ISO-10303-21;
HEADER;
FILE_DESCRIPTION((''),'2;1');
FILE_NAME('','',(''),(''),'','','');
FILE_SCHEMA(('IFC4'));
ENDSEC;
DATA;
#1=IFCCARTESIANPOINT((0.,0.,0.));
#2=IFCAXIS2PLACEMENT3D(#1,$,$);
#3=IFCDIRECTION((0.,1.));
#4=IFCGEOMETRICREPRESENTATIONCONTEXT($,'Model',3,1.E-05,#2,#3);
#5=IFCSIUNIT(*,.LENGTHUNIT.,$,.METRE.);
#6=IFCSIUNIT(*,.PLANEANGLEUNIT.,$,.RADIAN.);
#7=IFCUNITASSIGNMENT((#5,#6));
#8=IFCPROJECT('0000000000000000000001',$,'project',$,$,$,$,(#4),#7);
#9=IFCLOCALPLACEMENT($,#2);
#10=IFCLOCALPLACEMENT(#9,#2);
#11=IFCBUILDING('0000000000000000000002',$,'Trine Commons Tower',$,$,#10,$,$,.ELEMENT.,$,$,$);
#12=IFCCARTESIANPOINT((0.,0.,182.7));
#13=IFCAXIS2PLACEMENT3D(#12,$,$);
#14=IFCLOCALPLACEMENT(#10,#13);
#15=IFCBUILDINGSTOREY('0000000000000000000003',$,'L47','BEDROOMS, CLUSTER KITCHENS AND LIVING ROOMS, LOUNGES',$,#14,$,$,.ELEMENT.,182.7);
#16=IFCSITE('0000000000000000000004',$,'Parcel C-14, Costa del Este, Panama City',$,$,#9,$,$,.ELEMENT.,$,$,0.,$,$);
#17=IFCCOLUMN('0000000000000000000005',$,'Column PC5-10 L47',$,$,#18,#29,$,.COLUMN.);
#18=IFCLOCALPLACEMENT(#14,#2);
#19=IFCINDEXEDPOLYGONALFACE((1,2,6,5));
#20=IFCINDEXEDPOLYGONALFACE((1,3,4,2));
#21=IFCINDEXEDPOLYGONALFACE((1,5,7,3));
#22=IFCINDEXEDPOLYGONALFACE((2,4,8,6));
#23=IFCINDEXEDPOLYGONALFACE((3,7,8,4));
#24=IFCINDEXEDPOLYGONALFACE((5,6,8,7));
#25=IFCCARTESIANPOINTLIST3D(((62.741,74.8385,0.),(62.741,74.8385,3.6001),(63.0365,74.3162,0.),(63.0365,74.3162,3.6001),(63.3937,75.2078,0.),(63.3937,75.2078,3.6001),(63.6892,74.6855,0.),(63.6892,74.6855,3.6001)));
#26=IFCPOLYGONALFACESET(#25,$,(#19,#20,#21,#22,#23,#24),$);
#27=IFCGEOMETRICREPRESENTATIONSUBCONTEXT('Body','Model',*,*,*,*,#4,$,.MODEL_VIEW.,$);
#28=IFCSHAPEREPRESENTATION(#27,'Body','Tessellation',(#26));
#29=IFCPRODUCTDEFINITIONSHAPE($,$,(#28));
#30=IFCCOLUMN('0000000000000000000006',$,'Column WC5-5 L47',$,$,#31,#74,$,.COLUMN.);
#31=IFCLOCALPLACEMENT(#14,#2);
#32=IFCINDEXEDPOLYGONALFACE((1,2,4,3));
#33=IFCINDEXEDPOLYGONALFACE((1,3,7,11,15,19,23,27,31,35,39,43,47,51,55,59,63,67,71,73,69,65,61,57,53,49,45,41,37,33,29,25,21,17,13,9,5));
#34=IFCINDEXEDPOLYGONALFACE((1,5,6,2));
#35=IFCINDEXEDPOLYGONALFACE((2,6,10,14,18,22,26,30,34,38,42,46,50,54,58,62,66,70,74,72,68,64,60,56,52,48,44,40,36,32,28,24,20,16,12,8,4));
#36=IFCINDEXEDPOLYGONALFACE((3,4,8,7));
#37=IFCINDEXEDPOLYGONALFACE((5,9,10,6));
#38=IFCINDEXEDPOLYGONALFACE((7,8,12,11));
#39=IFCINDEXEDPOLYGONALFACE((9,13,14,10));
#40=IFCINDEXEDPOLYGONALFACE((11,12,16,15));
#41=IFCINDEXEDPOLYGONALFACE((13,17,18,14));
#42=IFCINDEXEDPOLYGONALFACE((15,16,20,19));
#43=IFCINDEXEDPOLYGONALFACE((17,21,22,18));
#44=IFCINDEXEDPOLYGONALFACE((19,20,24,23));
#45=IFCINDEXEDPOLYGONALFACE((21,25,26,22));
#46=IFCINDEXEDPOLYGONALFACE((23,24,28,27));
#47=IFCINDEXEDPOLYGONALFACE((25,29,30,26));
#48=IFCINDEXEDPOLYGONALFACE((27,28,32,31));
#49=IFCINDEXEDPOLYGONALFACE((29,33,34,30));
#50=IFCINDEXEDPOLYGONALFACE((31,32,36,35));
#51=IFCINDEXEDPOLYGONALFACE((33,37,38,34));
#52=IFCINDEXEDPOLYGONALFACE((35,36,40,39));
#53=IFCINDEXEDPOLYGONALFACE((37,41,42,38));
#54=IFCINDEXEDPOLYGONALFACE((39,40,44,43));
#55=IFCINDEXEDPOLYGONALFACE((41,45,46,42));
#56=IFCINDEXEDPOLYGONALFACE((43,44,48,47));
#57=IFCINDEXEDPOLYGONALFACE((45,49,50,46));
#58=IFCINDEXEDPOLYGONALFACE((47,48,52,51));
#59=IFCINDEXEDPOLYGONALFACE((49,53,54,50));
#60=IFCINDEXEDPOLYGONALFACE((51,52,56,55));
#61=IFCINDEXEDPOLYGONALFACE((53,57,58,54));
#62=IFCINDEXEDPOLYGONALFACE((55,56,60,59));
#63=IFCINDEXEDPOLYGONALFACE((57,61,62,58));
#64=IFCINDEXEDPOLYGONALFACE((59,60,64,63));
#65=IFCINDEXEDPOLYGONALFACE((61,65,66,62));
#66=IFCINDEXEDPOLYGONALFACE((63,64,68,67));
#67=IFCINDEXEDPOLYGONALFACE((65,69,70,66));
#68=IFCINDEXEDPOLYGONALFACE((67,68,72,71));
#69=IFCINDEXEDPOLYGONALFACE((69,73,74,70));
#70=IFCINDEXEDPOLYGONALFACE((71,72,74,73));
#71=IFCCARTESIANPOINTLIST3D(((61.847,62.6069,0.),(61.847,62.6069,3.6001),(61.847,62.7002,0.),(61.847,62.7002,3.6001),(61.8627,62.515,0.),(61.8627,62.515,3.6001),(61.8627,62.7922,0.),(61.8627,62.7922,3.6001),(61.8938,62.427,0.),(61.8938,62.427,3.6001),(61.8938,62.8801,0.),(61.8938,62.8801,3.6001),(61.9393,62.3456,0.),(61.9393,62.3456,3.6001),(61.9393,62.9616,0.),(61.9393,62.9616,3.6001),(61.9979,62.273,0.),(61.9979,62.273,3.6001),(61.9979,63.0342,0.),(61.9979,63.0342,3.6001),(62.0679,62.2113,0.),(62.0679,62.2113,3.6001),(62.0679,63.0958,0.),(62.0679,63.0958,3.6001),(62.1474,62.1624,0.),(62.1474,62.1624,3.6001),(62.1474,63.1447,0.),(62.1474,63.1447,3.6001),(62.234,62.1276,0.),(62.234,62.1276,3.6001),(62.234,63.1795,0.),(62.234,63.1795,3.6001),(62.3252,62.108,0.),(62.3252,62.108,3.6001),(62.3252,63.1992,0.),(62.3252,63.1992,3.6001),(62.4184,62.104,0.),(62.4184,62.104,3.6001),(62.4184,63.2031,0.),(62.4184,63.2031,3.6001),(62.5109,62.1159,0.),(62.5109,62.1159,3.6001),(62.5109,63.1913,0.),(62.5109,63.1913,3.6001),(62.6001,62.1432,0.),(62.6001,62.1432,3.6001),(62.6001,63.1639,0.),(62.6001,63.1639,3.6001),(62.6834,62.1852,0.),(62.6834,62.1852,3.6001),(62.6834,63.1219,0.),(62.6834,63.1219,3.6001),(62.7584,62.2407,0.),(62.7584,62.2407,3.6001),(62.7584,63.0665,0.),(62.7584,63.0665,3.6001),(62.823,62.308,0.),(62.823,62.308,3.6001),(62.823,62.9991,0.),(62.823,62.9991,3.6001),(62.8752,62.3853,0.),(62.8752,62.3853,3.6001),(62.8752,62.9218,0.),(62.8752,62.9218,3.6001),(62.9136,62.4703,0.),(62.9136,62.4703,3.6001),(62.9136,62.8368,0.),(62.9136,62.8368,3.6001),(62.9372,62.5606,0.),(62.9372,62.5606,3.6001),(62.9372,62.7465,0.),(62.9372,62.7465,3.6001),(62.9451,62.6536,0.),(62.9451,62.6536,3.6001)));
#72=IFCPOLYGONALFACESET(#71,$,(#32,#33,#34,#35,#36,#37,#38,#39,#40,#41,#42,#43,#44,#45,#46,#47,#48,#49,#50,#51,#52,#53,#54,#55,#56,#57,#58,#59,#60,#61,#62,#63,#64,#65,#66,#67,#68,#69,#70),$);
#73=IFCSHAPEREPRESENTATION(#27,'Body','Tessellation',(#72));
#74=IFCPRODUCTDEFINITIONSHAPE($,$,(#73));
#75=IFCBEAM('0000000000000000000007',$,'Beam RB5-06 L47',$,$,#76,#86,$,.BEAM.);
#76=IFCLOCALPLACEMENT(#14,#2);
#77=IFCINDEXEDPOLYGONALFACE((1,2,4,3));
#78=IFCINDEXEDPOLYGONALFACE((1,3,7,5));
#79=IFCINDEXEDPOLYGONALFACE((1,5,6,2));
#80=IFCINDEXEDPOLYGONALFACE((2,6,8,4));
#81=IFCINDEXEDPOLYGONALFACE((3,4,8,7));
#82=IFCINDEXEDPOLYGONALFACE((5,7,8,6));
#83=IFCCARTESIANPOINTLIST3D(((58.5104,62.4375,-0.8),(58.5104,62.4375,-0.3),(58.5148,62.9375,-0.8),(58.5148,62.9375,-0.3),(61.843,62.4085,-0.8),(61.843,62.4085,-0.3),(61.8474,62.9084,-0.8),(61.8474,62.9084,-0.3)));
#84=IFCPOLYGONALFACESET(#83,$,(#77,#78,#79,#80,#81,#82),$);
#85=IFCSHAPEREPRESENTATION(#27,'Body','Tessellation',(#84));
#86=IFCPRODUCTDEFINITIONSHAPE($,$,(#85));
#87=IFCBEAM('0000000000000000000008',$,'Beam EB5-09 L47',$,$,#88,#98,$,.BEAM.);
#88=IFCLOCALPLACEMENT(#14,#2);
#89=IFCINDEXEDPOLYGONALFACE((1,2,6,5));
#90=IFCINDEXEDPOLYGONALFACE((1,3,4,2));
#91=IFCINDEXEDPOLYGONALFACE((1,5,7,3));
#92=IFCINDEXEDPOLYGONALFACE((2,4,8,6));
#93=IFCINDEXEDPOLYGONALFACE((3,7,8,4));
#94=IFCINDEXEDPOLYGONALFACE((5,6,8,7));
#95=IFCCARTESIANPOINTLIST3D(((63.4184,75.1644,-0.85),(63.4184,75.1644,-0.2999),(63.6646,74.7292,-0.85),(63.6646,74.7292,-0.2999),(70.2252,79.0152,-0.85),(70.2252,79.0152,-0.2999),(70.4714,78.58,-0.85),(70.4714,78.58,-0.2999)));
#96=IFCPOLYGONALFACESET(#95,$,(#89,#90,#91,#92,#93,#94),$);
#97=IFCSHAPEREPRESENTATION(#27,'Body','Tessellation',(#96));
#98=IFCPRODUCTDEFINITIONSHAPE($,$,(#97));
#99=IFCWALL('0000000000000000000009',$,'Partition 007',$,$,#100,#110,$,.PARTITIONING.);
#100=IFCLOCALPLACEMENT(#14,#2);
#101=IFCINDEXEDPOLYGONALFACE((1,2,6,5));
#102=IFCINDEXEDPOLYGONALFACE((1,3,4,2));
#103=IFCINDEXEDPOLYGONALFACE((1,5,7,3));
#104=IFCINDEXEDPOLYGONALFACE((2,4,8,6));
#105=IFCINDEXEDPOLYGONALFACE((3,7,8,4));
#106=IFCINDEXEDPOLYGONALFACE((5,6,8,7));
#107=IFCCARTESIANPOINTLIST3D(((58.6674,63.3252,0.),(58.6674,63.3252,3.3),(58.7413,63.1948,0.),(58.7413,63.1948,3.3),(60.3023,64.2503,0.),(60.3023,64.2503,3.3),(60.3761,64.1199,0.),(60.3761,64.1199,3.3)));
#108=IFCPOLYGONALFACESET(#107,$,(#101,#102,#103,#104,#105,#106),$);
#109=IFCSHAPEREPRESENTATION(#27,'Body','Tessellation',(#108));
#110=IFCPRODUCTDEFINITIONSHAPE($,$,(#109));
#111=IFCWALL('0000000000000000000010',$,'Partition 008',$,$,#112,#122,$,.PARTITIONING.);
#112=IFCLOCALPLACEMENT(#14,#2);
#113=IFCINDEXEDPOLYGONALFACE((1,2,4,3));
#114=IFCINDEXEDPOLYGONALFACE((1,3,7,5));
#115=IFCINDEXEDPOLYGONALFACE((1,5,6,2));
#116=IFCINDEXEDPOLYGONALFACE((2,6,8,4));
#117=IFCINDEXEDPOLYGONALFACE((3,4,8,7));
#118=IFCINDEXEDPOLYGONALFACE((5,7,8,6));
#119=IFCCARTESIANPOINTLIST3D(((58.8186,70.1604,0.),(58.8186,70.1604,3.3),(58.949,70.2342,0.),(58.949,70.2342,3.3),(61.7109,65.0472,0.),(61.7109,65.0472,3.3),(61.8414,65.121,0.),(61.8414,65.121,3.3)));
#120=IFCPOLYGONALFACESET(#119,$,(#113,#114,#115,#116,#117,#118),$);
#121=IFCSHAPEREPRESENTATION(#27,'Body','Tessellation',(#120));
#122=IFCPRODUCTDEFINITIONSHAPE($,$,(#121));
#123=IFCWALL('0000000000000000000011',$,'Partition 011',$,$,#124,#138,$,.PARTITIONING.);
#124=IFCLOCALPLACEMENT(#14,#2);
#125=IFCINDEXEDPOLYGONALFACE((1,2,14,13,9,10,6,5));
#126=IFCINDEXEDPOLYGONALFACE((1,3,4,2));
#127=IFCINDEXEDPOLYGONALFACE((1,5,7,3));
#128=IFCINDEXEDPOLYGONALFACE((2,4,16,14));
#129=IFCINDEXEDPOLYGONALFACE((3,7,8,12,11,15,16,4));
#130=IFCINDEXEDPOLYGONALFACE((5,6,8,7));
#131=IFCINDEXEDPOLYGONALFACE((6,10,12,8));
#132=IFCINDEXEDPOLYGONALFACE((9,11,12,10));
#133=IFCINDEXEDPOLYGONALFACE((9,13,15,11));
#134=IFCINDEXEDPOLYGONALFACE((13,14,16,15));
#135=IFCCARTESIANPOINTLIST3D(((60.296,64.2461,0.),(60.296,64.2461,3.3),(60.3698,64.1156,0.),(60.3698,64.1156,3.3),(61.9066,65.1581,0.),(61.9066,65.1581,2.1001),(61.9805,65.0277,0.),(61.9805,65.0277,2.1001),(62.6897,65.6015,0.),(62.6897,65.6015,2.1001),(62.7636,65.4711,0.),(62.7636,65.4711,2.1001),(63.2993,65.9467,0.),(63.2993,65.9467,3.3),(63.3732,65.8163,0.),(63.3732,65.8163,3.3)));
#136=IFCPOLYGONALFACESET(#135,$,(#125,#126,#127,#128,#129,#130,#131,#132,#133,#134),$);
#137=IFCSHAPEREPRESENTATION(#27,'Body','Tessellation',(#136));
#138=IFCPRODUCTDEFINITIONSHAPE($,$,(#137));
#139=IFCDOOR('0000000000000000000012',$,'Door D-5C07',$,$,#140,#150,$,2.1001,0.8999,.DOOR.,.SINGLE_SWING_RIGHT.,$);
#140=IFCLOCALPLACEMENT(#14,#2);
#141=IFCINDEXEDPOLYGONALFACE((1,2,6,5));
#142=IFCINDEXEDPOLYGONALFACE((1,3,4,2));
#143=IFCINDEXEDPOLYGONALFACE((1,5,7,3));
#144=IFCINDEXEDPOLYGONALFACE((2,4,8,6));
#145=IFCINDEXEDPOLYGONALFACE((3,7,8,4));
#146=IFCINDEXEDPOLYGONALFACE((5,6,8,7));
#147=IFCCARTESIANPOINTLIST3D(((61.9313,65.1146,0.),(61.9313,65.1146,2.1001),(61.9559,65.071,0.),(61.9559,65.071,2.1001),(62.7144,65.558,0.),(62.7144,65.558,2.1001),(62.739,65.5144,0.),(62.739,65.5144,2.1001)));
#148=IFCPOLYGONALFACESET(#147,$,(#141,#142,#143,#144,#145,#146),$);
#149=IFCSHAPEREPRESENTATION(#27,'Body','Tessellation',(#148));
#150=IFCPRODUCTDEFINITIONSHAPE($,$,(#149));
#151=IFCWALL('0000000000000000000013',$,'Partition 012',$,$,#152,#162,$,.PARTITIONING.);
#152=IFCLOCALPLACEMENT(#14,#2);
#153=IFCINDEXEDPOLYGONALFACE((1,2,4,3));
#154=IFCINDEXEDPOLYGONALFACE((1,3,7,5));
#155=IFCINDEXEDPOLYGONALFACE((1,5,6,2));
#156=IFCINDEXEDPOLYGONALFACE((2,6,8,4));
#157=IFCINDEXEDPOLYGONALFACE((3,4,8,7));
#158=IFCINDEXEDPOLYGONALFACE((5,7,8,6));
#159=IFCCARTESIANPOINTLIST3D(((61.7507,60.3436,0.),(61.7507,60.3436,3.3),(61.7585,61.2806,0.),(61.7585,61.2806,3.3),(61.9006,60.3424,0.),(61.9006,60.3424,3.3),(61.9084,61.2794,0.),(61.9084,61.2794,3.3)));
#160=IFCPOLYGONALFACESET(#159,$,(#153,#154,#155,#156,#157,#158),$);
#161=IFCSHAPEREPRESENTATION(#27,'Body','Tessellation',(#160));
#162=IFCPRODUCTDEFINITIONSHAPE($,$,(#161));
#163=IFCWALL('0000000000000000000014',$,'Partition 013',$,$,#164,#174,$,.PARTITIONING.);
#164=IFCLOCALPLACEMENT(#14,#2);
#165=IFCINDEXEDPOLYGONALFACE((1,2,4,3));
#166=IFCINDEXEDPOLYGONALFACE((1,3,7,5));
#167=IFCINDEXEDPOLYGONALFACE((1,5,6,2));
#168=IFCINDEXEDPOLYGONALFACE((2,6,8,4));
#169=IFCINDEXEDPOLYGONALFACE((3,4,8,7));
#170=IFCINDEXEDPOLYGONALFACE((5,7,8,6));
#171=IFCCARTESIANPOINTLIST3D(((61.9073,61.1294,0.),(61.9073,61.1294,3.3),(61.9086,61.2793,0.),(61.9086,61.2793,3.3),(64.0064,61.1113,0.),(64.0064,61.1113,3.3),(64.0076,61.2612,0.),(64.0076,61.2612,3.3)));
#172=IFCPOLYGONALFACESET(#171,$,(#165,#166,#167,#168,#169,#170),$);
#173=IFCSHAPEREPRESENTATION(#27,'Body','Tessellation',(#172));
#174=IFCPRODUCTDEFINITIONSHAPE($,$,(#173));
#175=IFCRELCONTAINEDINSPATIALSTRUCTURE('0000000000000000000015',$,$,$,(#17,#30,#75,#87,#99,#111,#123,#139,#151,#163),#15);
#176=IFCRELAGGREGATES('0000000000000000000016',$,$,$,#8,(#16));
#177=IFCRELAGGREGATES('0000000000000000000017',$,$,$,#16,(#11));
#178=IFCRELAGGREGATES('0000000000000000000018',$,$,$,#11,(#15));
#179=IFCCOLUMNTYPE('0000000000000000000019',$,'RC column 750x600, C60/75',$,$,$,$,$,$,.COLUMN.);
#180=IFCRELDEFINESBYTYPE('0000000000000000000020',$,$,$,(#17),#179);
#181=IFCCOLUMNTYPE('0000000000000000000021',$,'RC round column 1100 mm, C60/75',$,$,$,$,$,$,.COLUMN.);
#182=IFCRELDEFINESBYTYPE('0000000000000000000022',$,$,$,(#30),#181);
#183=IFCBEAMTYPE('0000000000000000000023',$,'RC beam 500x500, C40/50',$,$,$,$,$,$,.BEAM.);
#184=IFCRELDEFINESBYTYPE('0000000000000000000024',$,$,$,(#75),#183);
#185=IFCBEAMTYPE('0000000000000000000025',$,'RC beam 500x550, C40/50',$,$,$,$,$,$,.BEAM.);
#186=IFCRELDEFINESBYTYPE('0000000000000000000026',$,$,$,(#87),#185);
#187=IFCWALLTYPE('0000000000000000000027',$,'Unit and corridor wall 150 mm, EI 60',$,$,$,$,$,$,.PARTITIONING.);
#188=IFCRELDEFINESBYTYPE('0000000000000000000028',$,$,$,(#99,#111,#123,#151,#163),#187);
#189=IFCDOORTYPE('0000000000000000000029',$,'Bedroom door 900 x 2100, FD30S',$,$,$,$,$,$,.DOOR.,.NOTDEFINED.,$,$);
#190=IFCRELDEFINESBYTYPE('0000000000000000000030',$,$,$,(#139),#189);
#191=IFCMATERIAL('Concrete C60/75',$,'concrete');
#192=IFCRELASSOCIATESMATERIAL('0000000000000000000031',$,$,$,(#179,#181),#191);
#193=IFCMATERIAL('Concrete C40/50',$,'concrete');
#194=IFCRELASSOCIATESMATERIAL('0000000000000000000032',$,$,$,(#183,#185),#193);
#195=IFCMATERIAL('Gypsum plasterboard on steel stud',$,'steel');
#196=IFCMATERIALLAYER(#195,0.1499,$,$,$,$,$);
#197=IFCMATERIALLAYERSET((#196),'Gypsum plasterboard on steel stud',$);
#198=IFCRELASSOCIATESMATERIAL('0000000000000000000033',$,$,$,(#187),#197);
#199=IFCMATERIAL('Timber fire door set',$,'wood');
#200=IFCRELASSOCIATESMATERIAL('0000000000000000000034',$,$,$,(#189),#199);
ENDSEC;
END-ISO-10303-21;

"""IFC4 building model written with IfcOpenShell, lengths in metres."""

from ifc_helpers import new_model, si_unit, direction, frame, frame_2d, origin, origin_2d, place, context, subcontext, project, spatial, rectangle, circle, extrude, material, layer, layer_set, material_profile, profile_set, type_object, element, fill, save


model = new_model("IFC4")

# Units and contexts
model_context = context("Model", 3, precision=1e-05, world=origin(), true_north=direction((0.0, 1.0)))
body_context = subcontext(model_context, "Body", "Model", "MODEL_VIEW")
ifc_project = project(units=[si_unit("LENGTHUNIT", "METRE"), si_unit("PLANEANGLEUNIT", "RADIAN")], contexts=[model_context])

# Site, building, storey
site_placement = place(None, origin())
site = spatial("IfcSite", under=ifc_project, at=site_placement, Name="Parcel C-14, Costa del Este, Panama City", CompositionType="ELEMENT", RefElevation=0.0)
building_placement = place(site_placement, origin())
building = spatial("IfcBuilding", under=site, at=building_placement, Name="Trine Commons Tower", CompositionType="ELEMENT")
storey_placement = place(building_placement, frame((0.0, 0.0, 182.7)))
storey = spatial("IfcBuildingStorey", under=building, at=storey_placement, Name="L47", Description="BEDROOMS, CLUSTER KITCHENS AND LIVING ROOMS, LOUNGES", CompositionType="ELEMENT", Elevation=182.7)

# Columns
ifc_material_1 = material(Name="Concrete C60/75", Category="concrete")
ifc_material_profile_1 = material_profile(ifc_material_1, rectangle(XDim=0.75, YDim=0.6001, at=origin_2d()), Name="RC 750x600")
ifc_profile_set_1 = profile_set([ifc_material_profile_1], Name="Concrete C60/75")
column_type_1 = type_object("IfcColumnType", Name="RC column 750x600, C60/75", PredefinedType="COLUMN", material=ifc_profile_set_1)
column_1_placement = place(storey_placement, frame((63.2151, 74.762, 0.0), z_axis=(0.0, 0.0, 1.0), x_axis=(0.870356, 0.492424, 0.0)))
element("IfcColumn", 1, at=column_1_placement, inside=storey, type_object=column_type_1, Name="Column PC5-10 L47", PredefinedType="COLUMN", context=body_context, shape_type="SweptSolid", body=[
    extrude(rectangle(XDim=0.75, YDim=0.6001, at=origin_2d()), origin(), (0.0, 0.0, 1.0), 3.6001),
])
ifc_material_profile_2 = material_profile(ifc_material_1, circle(Radius=0.55, at=origin_2d()), Name="RC round 1100")
ifc_profile_set_2 = profile_set([ifc_material_profile_2], Name="Concrete C60/75")
column_type_2 = type_object("IfcColumnType", Name="RC round column 1100 mm, C60/75", PredefinedType="COLUMN", material=ifc_profile_set_2)
column_2_placement = place(storey_placement, frame((62.395, 62.6536, 0.0), z_axis=(0.0, 0.0, 1.0), x_axis=(1.0, 0.0, 0.0)))
element("IfcColumn", 2, at=column_2_placement, inside=storey, type_object=column_type_2, Name="Column WC5-5 L47", PredefinedType="COLUMN", context=body_context, shape_type="SweptSolid", body=[
    extrude(circle(Radius=0.55, at=origin_2d()), origin(), (0.0, 0.0, 1.0), 3.6001),
])

# Beams
ifc_material_2 = material(Name="Concrete C40/50", Category="concrete")
ifc_material_profile_3 = material_profile(ifc_material_2, rectangle(XDim=0.5, YDim=0.5, at=origin_2d()), Name="RC 500x500")
ifc_profile_set_3 = profile_set([ifc_material_profile_3], Name="Concrete C40/50")
beam_type_1 = type_object("IfcBeamType", Name="RC beam 500x500, C40/50", PredefinedType="BEAM", material=ifc_profile_set_3)
beam_1_placement = place(storey_placement, frame((61.8452, 62.6584, -0.55), z_axis=(-0.999962, 0.008718, 0.0), x_axis=(-0.008718, -0.999962, 0.0)))
element("IfcBeam", 3, at=beam_1_placement, inside=storey, type_object=beam_type_1, Name="Beam RB5-06 L47", PredefinedType="BEAM", context=body_context, shape_type="SweptSolid", body=[
    extrude(rectangle(XDim=0.5, YDim=0.5, at=origin_2d()), origin(), (0.0, 0.0, 1.0), 3.3328),
])
ifc_material_profile_4 = material_profile(ifc_material_2, rectangle(XDim=0.5, YDim=0.55, at=origin_2d()), Name="RC 500x550")
ifc_profile_set_4 = profile_set([ifc_material_profile_4], Name="Concrete C40/50")
beam_type_2 = type_object("IfcBeamType", Name="RC beam 500x550, C40/50", PredefinedType="BEAM", material=ifc_profile_set_4)
beam_2_placement = place(storey_placement, frame((63.5415, 74.9468, -0.575), z_axis=(0.870373, 0.492393, 0.0), x_axis=(-0.492393, 0.870373, 0.0)))
element("IfcBeam", 4, at=beam_2_placement, inside=storey, type_object=beam_type_2, Name="Beam EB5-09 L47", PredefinedType="BEAM", context=body_context, shape_type="SweptSolid", body=[
    extrude(rectangle(XDim=0.5, YDim=0.55, at=origin_2d()), origin(), (0.0, 0.0, 1.0), 7.8206),
])

# Walls
ifc_material_3 = material(Name="Gypsum plasterboard on steel stud", Category="steel")
ifc_layer_1 = layer(ifc_material_3, 0.1499)
ifc_layer_set_1 = layer_set([ifc_layer_1], Name="Gypsum plasterboard on steel stud")
wall_type_1 = type_object("IfcWallType", Name="Unit and corridor wall 150 mm, EI 60", PredefinedType="PARTITIONING", material=ifc_layer_set_1)
wall_1_placement = place(storey_placement, frame((58.7043, 63.26, 0.0), z_axis=(0.0, 0.0, 1.0), x_axis=(0.870323, 0.492481, 0.0)))
element("IfcWall", 5, at=wall_1_placement, inside=storey, type_object=wall_type_1, Name="Partition 007", PredefinedType="PARTITIONING", context=body_context, shape_type="SweptSolid", body=[
    extrude(rectangle(XDim=1.8784, YDim=0.1499, at=frame_2d((0.9392, 0.0))), origin(), (0.0, 0.0, 1.0), 3.3),
])
wall_2_placement = place(storey_placement, frame((58.8838, 70.1973, 0.0), z_axis=(0.0, 0.0, 1.0), x_axis=(0.492361, -0.870391, 0.0)))
element("IfcWall", 6, at=wall_2_placement, inside=storey, type_object=wall_type_1, Name="Partition 008", PredefinedType="PARTITIONING", context=body_context, shape_type="SweptSolid", body=[
    extrude(rectangle(XDim=5.8745, YDim=0.1499, at=frame_2d((2.9373, 0.0))), origin(), (0.0, 0.0, 1.0), 3.3),
])

# Wall, opening, door
wall_3_placement = place(storey_placement, frame((60.333, 64.1809, 0.0), z_axis=(0.0, 0.0, 1.0), x_axis=(0.870178, 0.492738, 0.0)))
wall_3 = element("IfcWall", 7, at=wall_3_placement, inside=storey, type_object=wall_type_1, Name="Partition 011", PredefinedType="PARTITIONING", context=body_context, shape_type="SweptSolid", body=[
    extrude(rectangle(XDim=3.4514, YDim=0.1499, at=frame_2d((1.7256, 0.0))), origin(), (0.0, 0.0, 1.0), 3.3),
])
opening_1_placement = place(wall_3_placement, frame((1.8508, 0.0, 0.0)))
opening_1 = element("IfcOpeningElement", 8, at=opening_1_placement, cuts=wall_3, PredefinedType="OPENING", context=body_context, shape_type="SweptSolid", body=[
    extrude(rectangle(XDim=0.8999, YDim=2.1001, at=frame_2d((0.45, 1.05))), frame((0.0, 0.085, 0.0), z_axis=(0.0, -1.0, 0.0), x_axis=(1.0, 0.0, 0.0)), (0.0, 0.0, 1.0), 0.1699),
])
ifc_material_4 = material(Name="Timber fire door set", Category="wood")
door_type_1 = type_object("IfcDoorType", Name="Bedroom door 900 x 2100, FD30S", OperationType="NOTDEFINED", PredefinedType="DOOR", material=ifc_material_4)
door_1_placement = place(opening_1_placement, origin())
door_1 = element("IfcDoor", 9, at=door_1_placement, inside=storey, type_object=door_type_1, Name="Door D-5C07", OperationType="SINGLE_SWING_RIGHT", OverallHeight=2.1001, OverallWidth=0.8999, PredefinedType="DOOR", context=body_context, shape_type="SweptSolid", body=[
    extrude(rectangle(XDim=0.8999, YDim=2.1001, at=frame_2d((0.45, 1.05))), frame((0.0, 0.0249, 0.0), z_axis=(0.0, -1.0, 0.0), x_axis=(1.0, 0.0, 0.0)), (0.0, 0.0, 1.0), 0.05),
])
fill(opening_1, door_1)

# Walls
wall_4_placement = place(storey_placement, frame((61.8257, 60.343, 0.0), z_axis=(0.0, 0.0, 1.0), x_axis=(0.008337, 0.999965, 0.0)))
element("IfcWall", 10, at=wall_4_placement, inside=storey, type_object=wall_type_1, Name="Partition 012", PredefinedType="PARTITIONING", context=body_context, shape_type="SweptSolid", body=[
    extrude(rectangle(XDim=0.937, YDim=0.1499, at=frame_2d((0.4685, 0.0))), origin(), (0.0, 0.0, 1.0), 3.3),
])
wall_5_placement = place(storey_placement, frame((61.908, 61.2043, 0.0), z_axis=(0.0, 0.0, 1.0), x_axis=(0.999963, -0.008606, 0.0)))
element("IfcWall", 11, at=wall_5_placement, inside=storey, type_object=wall_type_1, Name="Partition 013", PredefinedType="PARTITIONING", context=body_context, shape_type="SweptSolid", body=[
    extrude(rectangle(XDim=2.0991, YDim=0.1499, at=frame_2d((1.0496, 0.0))), origin(), (0.0, 0.0, 1.0), 3.3),
])

save(model, "model.ifc")
